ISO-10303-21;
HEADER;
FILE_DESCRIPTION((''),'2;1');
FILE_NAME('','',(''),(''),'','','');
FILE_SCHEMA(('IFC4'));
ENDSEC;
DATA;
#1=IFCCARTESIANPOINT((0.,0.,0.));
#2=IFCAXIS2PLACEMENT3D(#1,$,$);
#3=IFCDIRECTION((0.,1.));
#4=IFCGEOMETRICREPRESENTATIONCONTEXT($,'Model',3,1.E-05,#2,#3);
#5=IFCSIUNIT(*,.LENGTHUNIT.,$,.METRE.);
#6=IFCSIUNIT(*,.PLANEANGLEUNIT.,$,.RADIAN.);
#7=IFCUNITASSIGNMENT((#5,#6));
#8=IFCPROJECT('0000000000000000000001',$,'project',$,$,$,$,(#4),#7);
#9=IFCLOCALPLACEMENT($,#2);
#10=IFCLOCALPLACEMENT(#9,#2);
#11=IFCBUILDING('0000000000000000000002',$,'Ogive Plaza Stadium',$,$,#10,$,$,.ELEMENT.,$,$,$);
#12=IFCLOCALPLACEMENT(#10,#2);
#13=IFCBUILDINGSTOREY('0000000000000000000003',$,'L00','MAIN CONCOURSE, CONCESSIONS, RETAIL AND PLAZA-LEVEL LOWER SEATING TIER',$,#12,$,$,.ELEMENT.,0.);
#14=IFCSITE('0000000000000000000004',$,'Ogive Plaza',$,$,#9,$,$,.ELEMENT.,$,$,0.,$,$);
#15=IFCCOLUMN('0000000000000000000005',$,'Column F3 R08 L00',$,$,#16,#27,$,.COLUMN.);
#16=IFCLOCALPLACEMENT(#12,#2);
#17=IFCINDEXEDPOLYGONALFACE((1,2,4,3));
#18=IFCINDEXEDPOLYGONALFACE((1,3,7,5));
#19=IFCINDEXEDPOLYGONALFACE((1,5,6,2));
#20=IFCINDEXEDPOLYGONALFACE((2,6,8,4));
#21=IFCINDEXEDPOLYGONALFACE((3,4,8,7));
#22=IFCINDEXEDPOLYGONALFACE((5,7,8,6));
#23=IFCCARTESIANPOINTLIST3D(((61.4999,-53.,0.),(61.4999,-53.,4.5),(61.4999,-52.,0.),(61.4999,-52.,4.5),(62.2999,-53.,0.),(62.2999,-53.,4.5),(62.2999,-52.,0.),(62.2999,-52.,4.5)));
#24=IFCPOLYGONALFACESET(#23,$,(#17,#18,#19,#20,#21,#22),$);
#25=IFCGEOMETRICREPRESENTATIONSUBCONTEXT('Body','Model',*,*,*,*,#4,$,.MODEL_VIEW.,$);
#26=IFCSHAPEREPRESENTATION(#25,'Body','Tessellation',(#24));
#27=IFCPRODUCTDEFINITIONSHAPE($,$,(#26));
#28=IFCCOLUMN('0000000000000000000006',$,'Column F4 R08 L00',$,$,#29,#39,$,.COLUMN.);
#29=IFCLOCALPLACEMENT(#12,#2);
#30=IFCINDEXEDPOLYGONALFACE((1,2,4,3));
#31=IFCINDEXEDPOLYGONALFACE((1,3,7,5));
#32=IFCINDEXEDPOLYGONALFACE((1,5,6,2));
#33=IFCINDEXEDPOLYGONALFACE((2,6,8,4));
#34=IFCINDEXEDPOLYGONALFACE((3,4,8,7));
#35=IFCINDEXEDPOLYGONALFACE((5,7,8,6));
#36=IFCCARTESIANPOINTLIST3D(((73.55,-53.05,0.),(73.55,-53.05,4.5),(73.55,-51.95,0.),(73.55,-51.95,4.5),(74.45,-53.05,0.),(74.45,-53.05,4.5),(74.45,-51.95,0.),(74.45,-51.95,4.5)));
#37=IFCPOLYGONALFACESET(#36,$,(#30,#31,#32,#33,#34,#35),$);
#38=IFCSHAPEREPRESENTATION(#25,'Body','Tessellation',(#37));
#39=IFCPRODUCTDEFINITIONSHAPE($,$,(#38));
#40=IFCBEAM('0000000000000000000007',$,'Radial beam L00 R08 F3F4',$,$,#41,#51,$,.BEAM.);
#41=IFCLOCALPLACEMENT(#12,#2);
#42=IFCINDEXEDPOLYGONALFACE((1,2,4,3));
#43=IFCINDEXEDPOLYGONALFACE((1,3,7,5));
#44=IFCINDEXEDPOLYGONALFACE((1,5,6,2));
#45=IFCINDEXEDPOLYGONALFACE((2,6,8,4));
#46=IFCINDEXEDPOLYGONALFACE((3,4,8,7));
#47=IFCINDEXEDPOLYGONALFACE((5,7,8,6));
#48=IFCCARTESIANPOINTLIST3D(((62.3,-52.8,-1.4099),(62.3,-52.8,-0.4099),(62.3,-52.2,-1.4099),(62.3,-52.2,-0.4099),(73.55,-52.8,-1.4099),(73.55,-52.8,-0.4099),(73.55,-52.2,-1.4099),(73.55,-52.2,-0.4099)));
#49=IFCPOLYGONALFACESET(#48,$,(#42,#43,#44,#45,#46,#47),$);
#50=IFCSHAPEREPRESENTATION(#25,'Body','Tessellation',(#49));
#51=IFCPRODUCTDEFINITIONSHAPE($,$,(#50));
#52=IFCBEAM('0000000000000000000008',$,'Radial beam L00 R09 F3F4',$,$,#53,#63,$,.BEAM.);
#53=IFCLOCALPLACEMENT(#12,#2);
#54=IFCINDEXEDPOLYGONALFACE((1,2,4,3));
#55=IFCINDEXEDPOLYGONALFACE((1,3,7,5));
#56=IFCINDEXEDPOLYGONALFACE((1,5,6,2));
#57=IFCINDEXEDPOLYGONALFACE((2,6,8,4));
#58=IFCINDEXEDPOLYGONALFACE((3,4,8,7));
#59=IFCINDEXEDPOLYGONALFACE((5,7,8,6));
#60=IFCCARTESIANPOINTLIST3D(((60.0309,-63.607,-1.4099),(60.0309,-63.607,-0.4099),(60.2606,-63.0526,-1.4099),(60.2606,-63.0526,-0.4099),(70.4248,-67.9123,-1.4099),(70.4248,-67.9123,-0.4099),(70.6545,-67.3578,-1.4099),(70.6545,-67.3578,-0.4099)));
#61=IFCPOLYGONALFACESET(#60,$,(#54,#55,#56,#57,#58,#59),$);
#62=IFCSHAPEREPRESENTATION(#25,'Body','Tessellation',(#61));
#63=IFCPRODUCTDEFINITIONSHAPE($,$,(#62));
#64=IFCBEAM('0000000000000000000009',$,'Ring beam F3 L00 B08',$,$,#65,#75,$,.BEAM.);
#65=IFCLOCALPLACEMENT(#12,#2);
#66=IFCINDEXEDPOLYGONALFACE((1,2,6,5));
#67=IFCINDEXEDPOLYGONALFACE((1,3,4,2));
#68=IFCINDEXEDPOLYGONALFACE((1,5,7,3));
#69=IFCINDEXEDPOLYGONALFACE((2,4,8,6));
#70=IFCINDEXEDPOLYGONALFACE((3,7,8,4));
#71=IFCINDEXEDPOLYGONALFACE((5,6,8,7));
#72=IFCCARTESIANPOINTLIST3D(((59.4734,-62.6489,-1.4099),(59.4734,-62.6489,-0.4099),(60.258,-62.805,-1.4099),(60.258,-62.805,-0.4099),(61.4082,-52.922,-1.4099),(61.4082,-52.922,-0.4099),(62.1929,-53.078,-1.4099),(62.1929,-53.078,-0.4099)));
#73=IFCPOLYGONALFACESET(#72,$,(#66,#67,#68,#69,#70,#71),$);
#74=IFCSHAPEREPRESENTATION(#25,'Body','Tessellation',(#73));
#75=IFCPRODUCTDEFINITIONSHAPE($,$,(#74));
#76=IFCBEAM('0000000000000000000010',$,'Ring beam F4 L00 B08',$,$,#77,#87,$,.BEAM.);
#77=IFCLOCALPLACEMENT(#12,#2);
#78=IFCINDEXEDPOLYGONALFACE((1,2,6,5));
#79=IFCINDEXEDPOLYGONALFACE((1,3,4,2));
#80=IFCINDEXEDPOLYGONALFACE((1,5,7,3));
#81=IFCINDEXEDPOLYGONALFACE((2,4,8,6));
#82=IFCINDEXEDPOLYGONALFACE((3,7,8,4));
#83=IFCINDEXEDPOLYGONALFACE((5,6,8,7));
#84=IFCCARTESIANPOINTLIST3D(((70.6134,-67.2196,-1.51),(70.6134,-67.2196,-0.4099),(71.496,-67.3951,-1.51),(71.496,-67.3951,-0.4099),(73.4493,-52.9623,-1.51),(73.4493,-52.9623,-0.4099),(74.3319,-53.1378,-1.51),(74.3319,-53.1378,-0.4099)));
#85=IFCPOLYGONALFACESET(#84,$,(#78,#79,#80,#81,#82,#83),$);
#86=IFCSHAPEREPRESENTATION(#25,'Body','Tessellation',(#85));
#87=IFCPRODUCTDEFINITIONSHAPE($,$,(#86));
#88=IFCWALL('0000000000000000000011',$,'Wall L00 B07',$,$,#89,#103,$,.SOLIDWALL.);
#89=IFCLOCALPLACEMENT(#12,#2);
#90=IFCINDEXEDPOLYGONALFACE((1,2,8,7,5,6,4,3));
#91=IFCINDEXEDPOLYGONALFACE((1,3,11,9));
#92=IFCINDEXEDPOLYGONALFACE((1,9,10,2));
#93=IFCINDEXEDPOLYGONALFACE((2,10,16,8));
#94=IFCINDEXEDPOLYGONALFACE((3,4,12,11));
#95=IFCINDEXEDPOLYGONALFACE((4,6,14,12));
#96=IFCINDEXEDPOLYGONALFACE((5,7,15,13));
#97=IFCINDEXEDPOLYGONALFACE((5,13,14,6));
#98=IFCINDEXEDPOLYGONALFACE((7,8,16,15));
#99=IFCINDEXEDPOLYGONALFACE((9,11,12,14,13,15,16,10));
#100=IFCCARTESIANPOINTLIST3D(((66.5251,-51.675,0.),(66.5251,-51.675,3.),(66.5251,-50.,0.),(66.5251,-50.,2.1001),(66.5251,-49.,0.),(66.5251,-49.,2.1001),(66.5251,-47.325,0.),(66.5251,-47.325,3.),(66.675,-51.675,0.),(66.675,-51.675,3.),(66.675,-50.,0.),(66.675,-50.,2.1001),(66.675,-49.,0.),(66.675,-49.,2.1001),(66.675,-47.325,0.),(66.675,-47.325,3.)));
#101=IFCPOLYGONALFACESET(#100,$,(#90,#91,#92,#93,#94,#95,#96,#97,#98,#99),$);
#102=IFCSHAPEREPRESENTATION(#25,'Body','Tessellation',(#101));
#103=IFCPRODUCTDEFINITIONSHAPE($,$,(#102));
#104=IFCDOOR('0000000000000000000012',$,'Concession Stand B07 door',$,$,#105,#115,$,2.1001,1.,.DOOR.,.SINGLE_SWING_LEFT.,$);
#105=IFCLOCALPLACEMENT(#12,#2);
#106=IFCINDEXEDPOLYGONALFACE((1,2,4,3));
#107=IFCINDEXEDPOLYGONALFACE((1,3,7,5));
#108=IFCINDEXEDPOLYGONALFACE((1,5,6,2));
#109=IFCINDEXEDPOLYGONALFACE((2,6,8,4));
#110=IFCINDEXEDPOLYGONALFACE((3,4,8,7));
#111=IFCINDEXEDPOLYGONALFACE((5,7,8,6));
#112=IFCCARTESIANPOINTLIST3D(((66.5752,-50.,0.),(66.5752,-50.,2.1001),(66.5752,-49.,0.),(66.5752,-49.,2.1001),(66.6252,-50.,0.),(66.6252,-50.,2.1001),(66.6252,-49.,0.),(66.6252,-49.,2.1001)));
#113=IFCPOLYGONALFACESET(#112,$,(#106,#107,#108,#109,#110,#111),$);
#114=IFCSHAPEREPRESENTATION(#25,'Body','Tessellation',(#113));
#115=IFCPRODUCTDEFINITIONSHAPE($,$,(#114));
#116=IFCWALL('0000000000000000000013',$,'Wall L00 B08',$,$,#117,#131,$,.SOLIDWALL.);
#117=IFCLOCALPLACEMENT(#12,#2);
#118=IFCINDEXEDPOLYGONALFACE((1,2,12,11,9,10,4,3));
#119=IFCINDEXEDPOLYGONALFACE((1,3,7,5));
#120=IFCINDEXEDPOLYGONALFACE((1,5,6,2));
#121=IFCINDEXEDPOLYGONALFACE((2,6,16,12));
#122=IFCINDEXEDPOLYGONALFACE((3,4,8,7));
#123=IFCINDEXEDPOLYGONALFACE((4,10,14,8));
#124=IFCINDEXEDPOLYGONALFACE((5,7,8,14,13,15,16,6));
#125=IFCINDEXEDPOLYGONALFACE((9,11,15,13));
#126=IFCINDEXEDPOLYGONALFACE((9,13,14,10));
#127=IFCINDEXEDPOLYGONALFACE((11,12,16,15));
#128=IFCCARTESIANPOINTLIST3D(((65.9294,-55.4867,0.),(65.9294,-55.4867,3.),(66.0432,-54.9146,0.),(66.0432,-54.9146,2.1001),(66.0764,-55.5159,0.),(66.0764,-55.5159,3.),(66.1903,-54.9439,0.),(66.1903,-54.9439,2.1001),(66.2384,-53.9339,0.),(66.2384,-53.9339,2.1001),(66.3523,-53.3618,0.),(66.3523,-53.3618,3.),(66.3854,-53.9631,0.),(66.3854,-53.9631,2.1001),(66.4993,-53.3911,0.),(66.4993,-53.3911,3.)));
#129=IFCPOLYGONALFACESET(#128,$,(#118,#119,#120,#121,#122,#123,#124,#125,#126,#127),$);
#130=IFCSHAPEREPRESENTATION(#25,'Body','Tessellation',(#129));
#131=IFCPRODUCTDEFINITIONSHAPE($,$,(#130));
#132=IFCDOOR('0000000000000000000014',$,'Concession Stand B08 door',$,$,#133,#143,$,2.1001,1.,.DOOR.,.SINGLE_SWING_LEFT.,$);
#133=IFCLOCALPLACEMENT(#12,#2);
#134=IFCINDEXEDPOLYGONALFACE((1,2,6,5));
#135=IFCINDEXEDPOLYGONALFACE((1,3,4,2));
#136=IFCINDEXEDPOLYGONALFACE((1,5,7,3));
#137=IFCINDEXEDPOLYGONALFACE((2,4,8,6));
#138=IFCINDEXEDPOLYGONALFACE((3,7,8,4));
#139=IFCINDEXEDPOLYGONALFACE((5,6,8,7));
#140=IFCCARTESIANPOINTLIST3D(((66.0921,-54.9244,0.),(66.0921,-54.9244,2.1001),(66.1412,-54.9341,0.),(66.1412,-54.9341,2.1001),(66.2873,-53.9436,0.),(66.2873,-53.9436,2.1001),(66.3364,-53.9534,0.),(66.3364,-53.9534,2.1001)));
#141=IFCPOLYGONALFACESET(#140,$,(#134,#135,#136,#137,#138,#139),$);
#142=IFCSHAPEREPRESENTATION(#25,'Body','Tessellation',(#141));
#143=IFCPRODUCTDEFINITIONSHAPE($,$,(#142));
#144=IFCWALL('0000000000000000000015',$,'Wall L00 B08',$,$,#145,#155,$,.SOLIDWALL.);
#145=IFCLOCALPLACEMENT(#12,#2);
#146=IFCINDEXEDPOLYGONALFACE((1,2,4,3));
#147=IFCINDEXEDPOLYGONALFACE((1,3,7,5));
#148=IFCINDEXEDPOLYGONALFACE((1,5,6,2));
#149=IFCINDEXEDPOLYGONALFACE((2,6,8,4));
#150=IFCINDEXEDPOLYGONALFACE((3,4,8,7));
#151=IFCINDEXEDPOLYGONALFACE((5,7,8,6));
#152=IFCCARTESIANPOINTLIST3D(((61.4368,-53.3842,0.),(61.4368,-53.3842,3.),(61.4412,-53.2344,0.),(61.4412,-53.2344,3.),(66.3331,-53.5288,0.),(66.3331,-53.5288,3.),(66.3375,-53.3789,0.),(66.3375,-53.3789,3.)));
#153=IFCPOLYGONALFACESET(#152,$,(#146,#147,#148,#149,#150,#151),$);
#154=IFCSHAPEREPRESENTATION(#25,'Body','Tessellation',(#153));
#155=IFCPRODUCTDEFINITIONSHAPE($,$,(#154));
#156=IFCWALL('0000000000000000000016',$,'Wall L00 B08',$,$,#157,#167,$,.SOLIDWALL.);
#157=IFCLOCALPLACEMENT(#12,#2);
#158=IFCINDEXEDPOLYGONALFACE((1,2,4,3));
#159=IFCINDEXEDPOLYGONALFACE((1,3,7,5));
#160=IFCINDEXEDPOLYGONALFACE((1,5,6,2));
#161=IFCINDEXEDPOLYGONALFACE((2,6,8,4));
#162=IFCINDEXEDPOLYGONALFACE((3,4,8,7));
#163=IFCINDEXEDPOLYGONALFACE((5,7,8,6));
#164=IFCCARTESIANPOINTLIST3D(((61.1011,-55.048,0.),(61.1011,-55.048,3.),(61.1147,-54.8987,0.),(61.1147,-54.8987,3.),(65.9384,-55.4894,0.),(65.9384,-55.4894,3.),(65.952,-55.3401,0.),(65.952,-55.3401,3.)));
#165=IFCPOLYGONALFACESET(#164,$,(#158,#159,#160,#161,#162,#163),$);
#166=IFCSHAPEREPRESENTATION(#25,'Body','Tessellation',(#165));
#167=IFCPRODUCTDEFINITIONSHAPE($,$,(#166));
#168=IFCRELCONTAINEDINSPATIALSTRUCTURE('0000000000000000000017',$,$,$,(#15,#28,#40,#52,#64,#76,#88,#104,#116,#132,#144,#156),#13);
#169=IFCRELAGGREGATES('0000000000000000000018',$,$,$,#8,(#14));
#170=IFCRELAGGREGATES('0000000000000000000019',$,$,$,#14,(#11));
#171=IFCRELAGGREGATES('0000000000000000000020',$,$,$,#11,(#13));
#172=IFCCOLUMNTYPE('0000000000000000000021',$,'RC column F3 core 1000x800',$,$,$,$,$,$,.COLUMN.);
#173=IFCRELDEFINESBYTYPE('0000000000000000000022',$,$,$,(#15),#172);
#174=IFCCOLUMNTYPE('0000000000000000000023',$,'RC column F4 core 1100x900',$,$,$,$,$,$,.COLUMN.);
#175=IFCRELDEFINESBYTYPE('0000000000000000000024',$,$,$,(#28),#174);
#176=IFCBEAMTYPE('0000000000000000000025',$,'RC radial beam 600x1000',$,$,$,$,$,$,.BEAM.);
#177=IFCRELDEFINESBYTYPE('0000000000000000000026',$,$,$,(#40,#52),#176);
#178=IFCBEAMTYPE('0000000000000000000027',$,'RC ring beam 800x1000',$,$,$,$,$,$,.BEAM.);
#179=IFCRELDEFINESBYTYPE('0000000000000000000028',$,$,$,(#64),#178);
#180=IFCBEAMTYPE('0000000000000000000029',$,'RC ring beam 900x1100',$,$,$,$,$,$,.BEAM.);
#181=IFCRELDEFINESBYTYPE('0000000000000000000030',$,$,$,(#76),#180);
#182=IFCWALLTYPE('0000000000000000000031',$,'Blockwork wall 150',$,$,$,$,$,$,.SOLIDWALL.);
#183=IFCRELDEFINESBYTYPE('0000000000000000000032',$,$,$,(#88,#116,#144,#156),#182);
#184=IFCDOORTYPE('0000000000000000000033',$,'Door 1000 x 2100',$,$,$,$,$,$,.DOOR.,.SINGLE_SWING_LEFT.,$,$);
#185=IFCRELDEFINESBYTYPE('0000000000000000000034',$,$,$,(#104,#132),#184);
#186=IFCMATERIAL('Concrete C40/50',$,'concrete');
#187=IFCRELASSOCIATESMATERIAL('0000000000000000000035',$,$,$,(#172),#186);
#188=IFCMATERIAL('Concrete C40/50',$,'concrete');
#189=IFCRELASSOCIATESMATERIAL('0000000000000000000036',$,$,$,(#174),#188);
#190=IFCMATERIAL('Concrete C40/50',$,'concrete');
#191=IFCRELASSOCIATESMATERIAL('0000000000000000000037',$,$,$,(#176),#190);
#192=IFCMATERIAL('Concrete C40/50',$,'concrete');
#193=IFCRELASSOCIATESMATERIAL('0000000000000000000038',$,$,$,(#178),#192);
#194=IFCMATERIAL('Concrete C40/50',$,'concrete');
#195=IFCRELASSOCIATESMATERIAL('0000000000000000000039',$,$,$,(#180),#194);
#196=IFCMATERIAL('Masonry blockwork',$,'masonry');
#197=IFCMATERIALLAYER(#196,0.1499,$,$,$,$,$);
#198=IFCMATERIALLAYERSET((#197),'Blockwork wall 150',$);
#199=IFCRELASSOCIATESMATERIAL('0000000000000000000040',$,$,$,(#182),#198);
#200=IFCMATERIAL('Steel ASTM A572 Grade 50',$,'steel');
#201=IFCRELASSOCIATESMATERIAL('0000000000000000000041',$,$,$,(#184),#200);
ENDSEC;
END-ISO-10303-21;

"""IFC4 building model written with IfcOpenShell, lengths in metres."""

from ifc_helpers import new_model, si_unit, direction, frame, frame_2d, origin, origin_2d, place, context, subcontext, project, spatial, rectangle, extrude, material, layer, layer_set, material_profile, profile_set, type_object, element, fill, save


model = new_model("IFC4")

# Units and contexts
model_context = context("Model", 3, precision=1e-05, world=origin(), true_north=direction((0.0, 1.0)))
body_context = subcontext(model_context, "Body", "Model", "MODEL_VIEW")
ifc_project = project(units=[si_unit("LENGTHUNIT", "METRE"), si_unit("PLANEANGLEUNIT", "RADIAN")], contexts=[model_context])

# Site, building, storey
site_placement = place(None, origin())
site = spatial("IfcSite", under=ifc_project, at=site_placement, Name="Ogive Plaza", CompositionType="ELEMENT", RefElevation=0.0)
building_placement = place(site_placement, origin())
building = spatial("IfcBuilding", under=site, at=building_placement, Name="Ogive Plaza Stadium", CompositionType="ELEMENT")
storey_placement = place(building_placement, origin())
storey = spatial("IfcBuildingStorey", under=building, at=storey_placement, Name="L00", Description="MAIN CONCOURSE, CONCESSIONS, RETAIL AND PLAZA-LEVEL LOWER SEATING TIER", CompositionType="ELEMENT", Elevation=0.0)

# Columns
ifc_material_1 = material(Name="Concrete C40/50", Category="concrete")
ifc_material_profile_1 = material_profile(ifc_material_1, rectangle(XDim=1.0, YDim=0.8, at=origin_2d()), Name="RC 1000x800")
ifc_profile_set_1 = profile_set([ifc_material_profile_1], Name="Concrete C40/50")
column_type_1 = type_object("IfcColumnType", Name="RC column F3 core 1000x800", PredefinedType="COLUMN", material=ifc_profile_set_1)
column_1_placement = place(storey_placement, frame((61.8999, -52.5, 0.0), z_axis=(0.0, 0.0, 1.0), x_axis=(0.0, 1.0, 0.0)))
element("IfcColumn", 1, at=column_1_placement, inside=storey, type_object=column_type_1, Name="Column F3 R08 L00", PredefinedType="COLUMN", context=body_context, shape_type="SweptSolid", body=[
    extrude(rectangle(XDim=1.0, YDim=0.8, at=origin_2d()), origin(), (0.0, 0.0, 1.0), 4.5),
])
ifc_material_2 = material(Name="Concrete C40/50", Category="concrete")
ifc_material_profile_2 = material_profile(ifc_material_2, rectangle(XDim=1.1001, YDim=0.8999, at=origin_2d()), Name="RC 1100x900")
ifc_profile_set_2 = profile_set([ifc_material_profile_2], Name="Concrete C40/50")
column_type_2 = type_object("IfcColumnType", Name="RC column F4 core 1100x900", PredefinedType="COLUMN", material=ifc_profile_set_2)
column_2_placement = place(storey_placement, frame((74.0, -52.5, 0.0), z_axis=(0.0, 0.0, 1.0), x_axis=(0.0, 1.0, 0.0)))
element("IfcColumn", 2, at=column_2_placement, inside=storey, type_object=column_type_2, Name="Column F4 R08 L00", PredefinedType="COLUMN", context=body_context, shape_type="SweptSolid", body=[
    extrude(rectangle(XDim=1.1001, YDim=0.8999, at=origin_2d()), origin(), (0.0, 0.0, 1.0), 4.5),
])

# Beams
ifc_material_3 = material(Name="Concrete C40/50", Category="concrete")
ifc_material_profile_3 = material_profile(ifc_material_3, rectangle(XDim=0.6001, YDim=1.0, at=origin_2d()), Name="RC 600x1000")
ifc_profile_set_3 = profile_set([ifc_material_profile_3], Name="Concrete C40/50")
beam_type_1 = type_object("IfcBeamType", Name="RC radial beam 600x1000", PredefinedType="BEAM", material=ifc_profile_set_3)
beam_1_placement = place(storey_placement, frame((62.3, -52.5, -0.9099), z_axis=(1.0, 0.0, 0.0), x_axis=(0.0, 1.0, 0.0)))
element("IfcBeam", 3, at=beam_1_placement, inside=storey, type_object=beam_type_1, Name="Radial beam L00 R08 F3F4", PredefinedType="BEAM", context=body_context, shape_type="SweptSolid", body=[
    extrude(rectangle(XDim=0.6001, YDim=1.0, at=origin_2d()), origin(), (0.0, 0.0, 1.0), 11.25),
])
beam_2_placement = place(storey_placement, frame((60.1458, -63.3298, -0.9099), z_axis=(0.923882, -0.382678, 0.0), x_axis=(0.382678, 0.923882, 0.0)))
element("IfcBeam", 4, at=beam_2_placement, inside=storey, type_object=beam_type_1, Name="Radial beam L00 R09 F3F4", PredefinedType="BEAM", context=body_context, shape_type="SweptSolid", body=[
    extrude(rectangle(XDim=0.6001, YDim=1.0, at=origin_2d()), origin(), (0.0, 0.0, 1.0), 11.2502),
])
ifc_material_4 = material(Name="Concrete C40/50", Category="concrete")
ifc_material_profile_4 = material_profile(ifc_material_4, rectangle(XDim=0.8, YDim=1.0, at=origin_2d()), Name="RC 800x1000")
ifc_profile_set_4 = profile_set([ifc_material_profile_4], Name="Concrete C40/50")
beam_type_2 = type_object("IfcBeamType", Name="RC ring beam 800x1000", PredefinedType="BEAM", material=ifc_profile_set_4)
beam_3_placement = place(storey_placement, frame((61.8005, -53.0, -0.9099), z_axis=(-0.195093, -0.980785, 0.0), x_axis=(0.980785, -0.195093, 0.0)))
element("IfcBeam", 5, at=beam_3_placement, inside=storey, type_object=beam_type_2, Name="Ring beam F3 L00 B08", PredefinedType="BEAM", context=body_context, shape_type="SweptSolid", body=[
    extrude(rectangle(XDim=0.8, YDim=1.0, at=origin_2d()), origin(), (0.0, 0.0, 1.0), 9.9175),
])
ifc_material_5 = material(Name="Concrete C40/50", Category="concrete")
ifc_material_profile_5 = material_profile(ifc_material_5, rectangle(XDim=0.8999, YDim=1.1001, at=origin_2d()), Name="RC 900x1100")
ifc_profile_set_5 = profile_set([ifc_material_profile_5], Name="Concrete C40/50")
beam_type_3 = type_object("IfcBeamType", Name="RC ring beam 900x1100", PredefinedType="BEAM", material=ifc_profile_set_5)
beam_4_placement = place(storey_placement, frame((73.8906, -53.05, -0.96), z_axis=(-0.195089, -0.980786, 0.0), x_axis=(0.980786, -0.195089, 0.0)))
element("IfcBeam", 6, at=beam_4_placement, inside=storey, type_object=beam_type_3, Name="Ring beam F4 L00 B08", PredefinedType="BEAM", context=body_context, shape_type="SweptSolid", body=[
    extrude(rectangle(XDim=0.8999, YDim=1.1001, at=origin_2d()), origin(), (0.0, 0.0, 1.0), 14.5366),
])

# Walls, openings, doors
ifc_material_6 = material(Name="Masonry blockwork", Category="masonry")
ifc_layer_1 = layer(ifc_material_6, 0.1499)
ifc_layer_set_1 = layer_set([ifc_layer_1], Name="Blockwork wall 150")
wall_type_1 = type_object("IfcWallType", Name="Blockwork wall 150", PredefinedType="SOLIDWALL", material=ifc_layer_set_1)
wall_1_placement = place(storey_placement, frame((66.6001, -51.675, 0.0), z_axis=(0.0, 0.0, 1.0), x_axis=(0.0, 1.0, 0.0)))
wall_1 = element("IfcWall", 7, at=wall_1_placement, inside=storey, type_object=wall_type_1, Name="Wall L00 B07", PredefinedType="SOLIDWALL", context=body_context, shape_type="SweptSolid", body=[
    extrude(rectangle(XDim=4.3501, YDim=0.1499, at=frame_2d((2.175, 0.0))), origin(), (0.0, 0.0, 1.0), 3.0),
])
opening_1_placement = place(wall_1_placement, frame((1.675, 0.0, 0.0)))
opening_1 = element("IfcOpeningElement", 8, at=opening_1_placement, cuts=wall_1, PredefinedType="OPENING", context=body_context, shape_type="SweptSolid", body=[
    extrude(rectangle(XDim=1.0, YDim=2.1001, at=frame_2d((0.5, 1.05))), frame((0.0, 0.075, 0.0), z_axis=(0.0, -1.0, 0.0), x_axis=(1.0, 0.0, 0.0)), (0.0, 0.0, 1.0), 0.1499),
])
ifc_material_7 = material(Name="Steel ASTM A572 Grade 50", Category="steel")
door_type_1 = type_object("IfcDoorType", Name="Door 1000 x 2100", OperationType="SINGLE_SWING_LEFT", PredefinedType="DOOR", material=ifc_material_7)
door_1_placement = place(opening_1_placement, origin())
door_1 = element("IfcDoor", 9, at=door_1_placement, inside=storey, type_object=door_type_1, Name="Concession Stand B07 door", OperationType="SINGLE_SWING_LEFT", OverallHeight=2.1001, OverallWidth=1.0, PredefinedType="DOOR", context=body_context, shape_type="SweptSolid", body=[
    extrude(rectangle(XDim=1.0, YDim=2.1001, at=frame_2d((0.5, 1.05))), frame((0.0, 0.0249, 0.0), z_axis=(0.0, -1.0, 0.0), x_axis=(1.0, 0.0, 0.0)), (0.0, 0.0, 1.0), 0.05),
])
fill(opening_1, door_1)
wall_2_placement = place(storey_placement, frame((66.4258, -53.3765, 0.0), z_axis=(0.0, 0.0, 1.0), x_axis=(-0.195184, -0.980767, 0.0)))
wall_2 = element("IfcWall", 10, at=wall_2_placement, inside=storey, type_object=wall_type_1, Name="Wall L00 B08", PredefinedType="SOLIDWALL", context=body_context, shape_type="SweptSolid", body=[
    extrude(rectangle(XDim=2.1665, YDim=0.1499, at=frame_2d((1.0833, 0.0))), origin(), (0.0, 0.0, 1.0), 3.0),
])
opening_2_placement = place(wall_2_placement, frame((0.5833, 0.0, 0.0)))
opening_2 = element("IfcOpeningElement", 11, at=opening_2_placement, cuts=wall_2, PredefinedType="OPENING", context=body_context, shape_type="SweptSolid", body=[
    extrude(rectangle(XDim=1.0, YDim=2.1001, at=frame_2d((0.5, 1.05))), frame((0.0, 0.075, 0.0), z_axis=(0.0, -1.0, 0.0), x_axis=(1.0, 0.0, 0.0)), (0.0, 0.0, 1.0), 0.1499),
])
door_2_placement = place(opening_2_placement, origin())
door_2 = element("IfcDoor", 12, at=door_2_placement, inside=storey, type_object=door_type_1, Name="Concession Stand B08 door", OperationType="SINGLE_SWING_LEFT", OverallHeight=2.1001, OverallWidth=1.0, PredefinedType="DOOR", context=body_context, shape_type="SweptSolid", body=[
    extrude(rectangle(XDim=1.0, YDim=2.1001, at=frame_2d((0.5, 1.05))), frame((0.0, 0.0249, 0.0), z_axis=(0.0, -1.0, 0.0), x_axis=(1.0, 0.0, 0.0)), (0.0, 0.0, 1.0), 0.05),
])
fill(opening_2, door_2)

# Walls
wall_3_placement = place(storey_placement, frame((61.439, -53.3093, 0.0), z_axis=(0.0, 0.0, 1.0), x_axis=(0.999565, -0.029506, 0.0)))
element("IfcWall", 13, at=wall_3_placement, inside=storey, type_object=wall_type_1, Name="Wall L00 B08", PredefinedType="SOLIDWALL", context=body_context, shape_type="SweptSolid", body=[
    extrude(rectangle(XDim=4.8984, YDim=0.1499, at=frame_2d((2.4492, 0.0))), origin(), (0.0, 0.0, 1.0), 3.0),
])
wall_4_placement = place(storey_placement, frame((61.1079, -54.9734, 0.0), z_axis=(0.0, 0.0, 1.0), x_axis=(0.995863, -0.090871, 0.0)))
element("IfcWall", 14, at=wall_4_placement, inside=storey, type_object=wall_type_1, Name="Wall L00 B08", PredefinedType="SOLIDWALL", context=body_context, shape_type="SweptSolid", body=[
    extrude(rectangle(XDim=4.8574, YDim=0.1499, at=frame_2d((2.4287, 0.0))), origin(), (0.0, 0.0, 1.0), 3.0),
])

save(model, "model.ifc")
